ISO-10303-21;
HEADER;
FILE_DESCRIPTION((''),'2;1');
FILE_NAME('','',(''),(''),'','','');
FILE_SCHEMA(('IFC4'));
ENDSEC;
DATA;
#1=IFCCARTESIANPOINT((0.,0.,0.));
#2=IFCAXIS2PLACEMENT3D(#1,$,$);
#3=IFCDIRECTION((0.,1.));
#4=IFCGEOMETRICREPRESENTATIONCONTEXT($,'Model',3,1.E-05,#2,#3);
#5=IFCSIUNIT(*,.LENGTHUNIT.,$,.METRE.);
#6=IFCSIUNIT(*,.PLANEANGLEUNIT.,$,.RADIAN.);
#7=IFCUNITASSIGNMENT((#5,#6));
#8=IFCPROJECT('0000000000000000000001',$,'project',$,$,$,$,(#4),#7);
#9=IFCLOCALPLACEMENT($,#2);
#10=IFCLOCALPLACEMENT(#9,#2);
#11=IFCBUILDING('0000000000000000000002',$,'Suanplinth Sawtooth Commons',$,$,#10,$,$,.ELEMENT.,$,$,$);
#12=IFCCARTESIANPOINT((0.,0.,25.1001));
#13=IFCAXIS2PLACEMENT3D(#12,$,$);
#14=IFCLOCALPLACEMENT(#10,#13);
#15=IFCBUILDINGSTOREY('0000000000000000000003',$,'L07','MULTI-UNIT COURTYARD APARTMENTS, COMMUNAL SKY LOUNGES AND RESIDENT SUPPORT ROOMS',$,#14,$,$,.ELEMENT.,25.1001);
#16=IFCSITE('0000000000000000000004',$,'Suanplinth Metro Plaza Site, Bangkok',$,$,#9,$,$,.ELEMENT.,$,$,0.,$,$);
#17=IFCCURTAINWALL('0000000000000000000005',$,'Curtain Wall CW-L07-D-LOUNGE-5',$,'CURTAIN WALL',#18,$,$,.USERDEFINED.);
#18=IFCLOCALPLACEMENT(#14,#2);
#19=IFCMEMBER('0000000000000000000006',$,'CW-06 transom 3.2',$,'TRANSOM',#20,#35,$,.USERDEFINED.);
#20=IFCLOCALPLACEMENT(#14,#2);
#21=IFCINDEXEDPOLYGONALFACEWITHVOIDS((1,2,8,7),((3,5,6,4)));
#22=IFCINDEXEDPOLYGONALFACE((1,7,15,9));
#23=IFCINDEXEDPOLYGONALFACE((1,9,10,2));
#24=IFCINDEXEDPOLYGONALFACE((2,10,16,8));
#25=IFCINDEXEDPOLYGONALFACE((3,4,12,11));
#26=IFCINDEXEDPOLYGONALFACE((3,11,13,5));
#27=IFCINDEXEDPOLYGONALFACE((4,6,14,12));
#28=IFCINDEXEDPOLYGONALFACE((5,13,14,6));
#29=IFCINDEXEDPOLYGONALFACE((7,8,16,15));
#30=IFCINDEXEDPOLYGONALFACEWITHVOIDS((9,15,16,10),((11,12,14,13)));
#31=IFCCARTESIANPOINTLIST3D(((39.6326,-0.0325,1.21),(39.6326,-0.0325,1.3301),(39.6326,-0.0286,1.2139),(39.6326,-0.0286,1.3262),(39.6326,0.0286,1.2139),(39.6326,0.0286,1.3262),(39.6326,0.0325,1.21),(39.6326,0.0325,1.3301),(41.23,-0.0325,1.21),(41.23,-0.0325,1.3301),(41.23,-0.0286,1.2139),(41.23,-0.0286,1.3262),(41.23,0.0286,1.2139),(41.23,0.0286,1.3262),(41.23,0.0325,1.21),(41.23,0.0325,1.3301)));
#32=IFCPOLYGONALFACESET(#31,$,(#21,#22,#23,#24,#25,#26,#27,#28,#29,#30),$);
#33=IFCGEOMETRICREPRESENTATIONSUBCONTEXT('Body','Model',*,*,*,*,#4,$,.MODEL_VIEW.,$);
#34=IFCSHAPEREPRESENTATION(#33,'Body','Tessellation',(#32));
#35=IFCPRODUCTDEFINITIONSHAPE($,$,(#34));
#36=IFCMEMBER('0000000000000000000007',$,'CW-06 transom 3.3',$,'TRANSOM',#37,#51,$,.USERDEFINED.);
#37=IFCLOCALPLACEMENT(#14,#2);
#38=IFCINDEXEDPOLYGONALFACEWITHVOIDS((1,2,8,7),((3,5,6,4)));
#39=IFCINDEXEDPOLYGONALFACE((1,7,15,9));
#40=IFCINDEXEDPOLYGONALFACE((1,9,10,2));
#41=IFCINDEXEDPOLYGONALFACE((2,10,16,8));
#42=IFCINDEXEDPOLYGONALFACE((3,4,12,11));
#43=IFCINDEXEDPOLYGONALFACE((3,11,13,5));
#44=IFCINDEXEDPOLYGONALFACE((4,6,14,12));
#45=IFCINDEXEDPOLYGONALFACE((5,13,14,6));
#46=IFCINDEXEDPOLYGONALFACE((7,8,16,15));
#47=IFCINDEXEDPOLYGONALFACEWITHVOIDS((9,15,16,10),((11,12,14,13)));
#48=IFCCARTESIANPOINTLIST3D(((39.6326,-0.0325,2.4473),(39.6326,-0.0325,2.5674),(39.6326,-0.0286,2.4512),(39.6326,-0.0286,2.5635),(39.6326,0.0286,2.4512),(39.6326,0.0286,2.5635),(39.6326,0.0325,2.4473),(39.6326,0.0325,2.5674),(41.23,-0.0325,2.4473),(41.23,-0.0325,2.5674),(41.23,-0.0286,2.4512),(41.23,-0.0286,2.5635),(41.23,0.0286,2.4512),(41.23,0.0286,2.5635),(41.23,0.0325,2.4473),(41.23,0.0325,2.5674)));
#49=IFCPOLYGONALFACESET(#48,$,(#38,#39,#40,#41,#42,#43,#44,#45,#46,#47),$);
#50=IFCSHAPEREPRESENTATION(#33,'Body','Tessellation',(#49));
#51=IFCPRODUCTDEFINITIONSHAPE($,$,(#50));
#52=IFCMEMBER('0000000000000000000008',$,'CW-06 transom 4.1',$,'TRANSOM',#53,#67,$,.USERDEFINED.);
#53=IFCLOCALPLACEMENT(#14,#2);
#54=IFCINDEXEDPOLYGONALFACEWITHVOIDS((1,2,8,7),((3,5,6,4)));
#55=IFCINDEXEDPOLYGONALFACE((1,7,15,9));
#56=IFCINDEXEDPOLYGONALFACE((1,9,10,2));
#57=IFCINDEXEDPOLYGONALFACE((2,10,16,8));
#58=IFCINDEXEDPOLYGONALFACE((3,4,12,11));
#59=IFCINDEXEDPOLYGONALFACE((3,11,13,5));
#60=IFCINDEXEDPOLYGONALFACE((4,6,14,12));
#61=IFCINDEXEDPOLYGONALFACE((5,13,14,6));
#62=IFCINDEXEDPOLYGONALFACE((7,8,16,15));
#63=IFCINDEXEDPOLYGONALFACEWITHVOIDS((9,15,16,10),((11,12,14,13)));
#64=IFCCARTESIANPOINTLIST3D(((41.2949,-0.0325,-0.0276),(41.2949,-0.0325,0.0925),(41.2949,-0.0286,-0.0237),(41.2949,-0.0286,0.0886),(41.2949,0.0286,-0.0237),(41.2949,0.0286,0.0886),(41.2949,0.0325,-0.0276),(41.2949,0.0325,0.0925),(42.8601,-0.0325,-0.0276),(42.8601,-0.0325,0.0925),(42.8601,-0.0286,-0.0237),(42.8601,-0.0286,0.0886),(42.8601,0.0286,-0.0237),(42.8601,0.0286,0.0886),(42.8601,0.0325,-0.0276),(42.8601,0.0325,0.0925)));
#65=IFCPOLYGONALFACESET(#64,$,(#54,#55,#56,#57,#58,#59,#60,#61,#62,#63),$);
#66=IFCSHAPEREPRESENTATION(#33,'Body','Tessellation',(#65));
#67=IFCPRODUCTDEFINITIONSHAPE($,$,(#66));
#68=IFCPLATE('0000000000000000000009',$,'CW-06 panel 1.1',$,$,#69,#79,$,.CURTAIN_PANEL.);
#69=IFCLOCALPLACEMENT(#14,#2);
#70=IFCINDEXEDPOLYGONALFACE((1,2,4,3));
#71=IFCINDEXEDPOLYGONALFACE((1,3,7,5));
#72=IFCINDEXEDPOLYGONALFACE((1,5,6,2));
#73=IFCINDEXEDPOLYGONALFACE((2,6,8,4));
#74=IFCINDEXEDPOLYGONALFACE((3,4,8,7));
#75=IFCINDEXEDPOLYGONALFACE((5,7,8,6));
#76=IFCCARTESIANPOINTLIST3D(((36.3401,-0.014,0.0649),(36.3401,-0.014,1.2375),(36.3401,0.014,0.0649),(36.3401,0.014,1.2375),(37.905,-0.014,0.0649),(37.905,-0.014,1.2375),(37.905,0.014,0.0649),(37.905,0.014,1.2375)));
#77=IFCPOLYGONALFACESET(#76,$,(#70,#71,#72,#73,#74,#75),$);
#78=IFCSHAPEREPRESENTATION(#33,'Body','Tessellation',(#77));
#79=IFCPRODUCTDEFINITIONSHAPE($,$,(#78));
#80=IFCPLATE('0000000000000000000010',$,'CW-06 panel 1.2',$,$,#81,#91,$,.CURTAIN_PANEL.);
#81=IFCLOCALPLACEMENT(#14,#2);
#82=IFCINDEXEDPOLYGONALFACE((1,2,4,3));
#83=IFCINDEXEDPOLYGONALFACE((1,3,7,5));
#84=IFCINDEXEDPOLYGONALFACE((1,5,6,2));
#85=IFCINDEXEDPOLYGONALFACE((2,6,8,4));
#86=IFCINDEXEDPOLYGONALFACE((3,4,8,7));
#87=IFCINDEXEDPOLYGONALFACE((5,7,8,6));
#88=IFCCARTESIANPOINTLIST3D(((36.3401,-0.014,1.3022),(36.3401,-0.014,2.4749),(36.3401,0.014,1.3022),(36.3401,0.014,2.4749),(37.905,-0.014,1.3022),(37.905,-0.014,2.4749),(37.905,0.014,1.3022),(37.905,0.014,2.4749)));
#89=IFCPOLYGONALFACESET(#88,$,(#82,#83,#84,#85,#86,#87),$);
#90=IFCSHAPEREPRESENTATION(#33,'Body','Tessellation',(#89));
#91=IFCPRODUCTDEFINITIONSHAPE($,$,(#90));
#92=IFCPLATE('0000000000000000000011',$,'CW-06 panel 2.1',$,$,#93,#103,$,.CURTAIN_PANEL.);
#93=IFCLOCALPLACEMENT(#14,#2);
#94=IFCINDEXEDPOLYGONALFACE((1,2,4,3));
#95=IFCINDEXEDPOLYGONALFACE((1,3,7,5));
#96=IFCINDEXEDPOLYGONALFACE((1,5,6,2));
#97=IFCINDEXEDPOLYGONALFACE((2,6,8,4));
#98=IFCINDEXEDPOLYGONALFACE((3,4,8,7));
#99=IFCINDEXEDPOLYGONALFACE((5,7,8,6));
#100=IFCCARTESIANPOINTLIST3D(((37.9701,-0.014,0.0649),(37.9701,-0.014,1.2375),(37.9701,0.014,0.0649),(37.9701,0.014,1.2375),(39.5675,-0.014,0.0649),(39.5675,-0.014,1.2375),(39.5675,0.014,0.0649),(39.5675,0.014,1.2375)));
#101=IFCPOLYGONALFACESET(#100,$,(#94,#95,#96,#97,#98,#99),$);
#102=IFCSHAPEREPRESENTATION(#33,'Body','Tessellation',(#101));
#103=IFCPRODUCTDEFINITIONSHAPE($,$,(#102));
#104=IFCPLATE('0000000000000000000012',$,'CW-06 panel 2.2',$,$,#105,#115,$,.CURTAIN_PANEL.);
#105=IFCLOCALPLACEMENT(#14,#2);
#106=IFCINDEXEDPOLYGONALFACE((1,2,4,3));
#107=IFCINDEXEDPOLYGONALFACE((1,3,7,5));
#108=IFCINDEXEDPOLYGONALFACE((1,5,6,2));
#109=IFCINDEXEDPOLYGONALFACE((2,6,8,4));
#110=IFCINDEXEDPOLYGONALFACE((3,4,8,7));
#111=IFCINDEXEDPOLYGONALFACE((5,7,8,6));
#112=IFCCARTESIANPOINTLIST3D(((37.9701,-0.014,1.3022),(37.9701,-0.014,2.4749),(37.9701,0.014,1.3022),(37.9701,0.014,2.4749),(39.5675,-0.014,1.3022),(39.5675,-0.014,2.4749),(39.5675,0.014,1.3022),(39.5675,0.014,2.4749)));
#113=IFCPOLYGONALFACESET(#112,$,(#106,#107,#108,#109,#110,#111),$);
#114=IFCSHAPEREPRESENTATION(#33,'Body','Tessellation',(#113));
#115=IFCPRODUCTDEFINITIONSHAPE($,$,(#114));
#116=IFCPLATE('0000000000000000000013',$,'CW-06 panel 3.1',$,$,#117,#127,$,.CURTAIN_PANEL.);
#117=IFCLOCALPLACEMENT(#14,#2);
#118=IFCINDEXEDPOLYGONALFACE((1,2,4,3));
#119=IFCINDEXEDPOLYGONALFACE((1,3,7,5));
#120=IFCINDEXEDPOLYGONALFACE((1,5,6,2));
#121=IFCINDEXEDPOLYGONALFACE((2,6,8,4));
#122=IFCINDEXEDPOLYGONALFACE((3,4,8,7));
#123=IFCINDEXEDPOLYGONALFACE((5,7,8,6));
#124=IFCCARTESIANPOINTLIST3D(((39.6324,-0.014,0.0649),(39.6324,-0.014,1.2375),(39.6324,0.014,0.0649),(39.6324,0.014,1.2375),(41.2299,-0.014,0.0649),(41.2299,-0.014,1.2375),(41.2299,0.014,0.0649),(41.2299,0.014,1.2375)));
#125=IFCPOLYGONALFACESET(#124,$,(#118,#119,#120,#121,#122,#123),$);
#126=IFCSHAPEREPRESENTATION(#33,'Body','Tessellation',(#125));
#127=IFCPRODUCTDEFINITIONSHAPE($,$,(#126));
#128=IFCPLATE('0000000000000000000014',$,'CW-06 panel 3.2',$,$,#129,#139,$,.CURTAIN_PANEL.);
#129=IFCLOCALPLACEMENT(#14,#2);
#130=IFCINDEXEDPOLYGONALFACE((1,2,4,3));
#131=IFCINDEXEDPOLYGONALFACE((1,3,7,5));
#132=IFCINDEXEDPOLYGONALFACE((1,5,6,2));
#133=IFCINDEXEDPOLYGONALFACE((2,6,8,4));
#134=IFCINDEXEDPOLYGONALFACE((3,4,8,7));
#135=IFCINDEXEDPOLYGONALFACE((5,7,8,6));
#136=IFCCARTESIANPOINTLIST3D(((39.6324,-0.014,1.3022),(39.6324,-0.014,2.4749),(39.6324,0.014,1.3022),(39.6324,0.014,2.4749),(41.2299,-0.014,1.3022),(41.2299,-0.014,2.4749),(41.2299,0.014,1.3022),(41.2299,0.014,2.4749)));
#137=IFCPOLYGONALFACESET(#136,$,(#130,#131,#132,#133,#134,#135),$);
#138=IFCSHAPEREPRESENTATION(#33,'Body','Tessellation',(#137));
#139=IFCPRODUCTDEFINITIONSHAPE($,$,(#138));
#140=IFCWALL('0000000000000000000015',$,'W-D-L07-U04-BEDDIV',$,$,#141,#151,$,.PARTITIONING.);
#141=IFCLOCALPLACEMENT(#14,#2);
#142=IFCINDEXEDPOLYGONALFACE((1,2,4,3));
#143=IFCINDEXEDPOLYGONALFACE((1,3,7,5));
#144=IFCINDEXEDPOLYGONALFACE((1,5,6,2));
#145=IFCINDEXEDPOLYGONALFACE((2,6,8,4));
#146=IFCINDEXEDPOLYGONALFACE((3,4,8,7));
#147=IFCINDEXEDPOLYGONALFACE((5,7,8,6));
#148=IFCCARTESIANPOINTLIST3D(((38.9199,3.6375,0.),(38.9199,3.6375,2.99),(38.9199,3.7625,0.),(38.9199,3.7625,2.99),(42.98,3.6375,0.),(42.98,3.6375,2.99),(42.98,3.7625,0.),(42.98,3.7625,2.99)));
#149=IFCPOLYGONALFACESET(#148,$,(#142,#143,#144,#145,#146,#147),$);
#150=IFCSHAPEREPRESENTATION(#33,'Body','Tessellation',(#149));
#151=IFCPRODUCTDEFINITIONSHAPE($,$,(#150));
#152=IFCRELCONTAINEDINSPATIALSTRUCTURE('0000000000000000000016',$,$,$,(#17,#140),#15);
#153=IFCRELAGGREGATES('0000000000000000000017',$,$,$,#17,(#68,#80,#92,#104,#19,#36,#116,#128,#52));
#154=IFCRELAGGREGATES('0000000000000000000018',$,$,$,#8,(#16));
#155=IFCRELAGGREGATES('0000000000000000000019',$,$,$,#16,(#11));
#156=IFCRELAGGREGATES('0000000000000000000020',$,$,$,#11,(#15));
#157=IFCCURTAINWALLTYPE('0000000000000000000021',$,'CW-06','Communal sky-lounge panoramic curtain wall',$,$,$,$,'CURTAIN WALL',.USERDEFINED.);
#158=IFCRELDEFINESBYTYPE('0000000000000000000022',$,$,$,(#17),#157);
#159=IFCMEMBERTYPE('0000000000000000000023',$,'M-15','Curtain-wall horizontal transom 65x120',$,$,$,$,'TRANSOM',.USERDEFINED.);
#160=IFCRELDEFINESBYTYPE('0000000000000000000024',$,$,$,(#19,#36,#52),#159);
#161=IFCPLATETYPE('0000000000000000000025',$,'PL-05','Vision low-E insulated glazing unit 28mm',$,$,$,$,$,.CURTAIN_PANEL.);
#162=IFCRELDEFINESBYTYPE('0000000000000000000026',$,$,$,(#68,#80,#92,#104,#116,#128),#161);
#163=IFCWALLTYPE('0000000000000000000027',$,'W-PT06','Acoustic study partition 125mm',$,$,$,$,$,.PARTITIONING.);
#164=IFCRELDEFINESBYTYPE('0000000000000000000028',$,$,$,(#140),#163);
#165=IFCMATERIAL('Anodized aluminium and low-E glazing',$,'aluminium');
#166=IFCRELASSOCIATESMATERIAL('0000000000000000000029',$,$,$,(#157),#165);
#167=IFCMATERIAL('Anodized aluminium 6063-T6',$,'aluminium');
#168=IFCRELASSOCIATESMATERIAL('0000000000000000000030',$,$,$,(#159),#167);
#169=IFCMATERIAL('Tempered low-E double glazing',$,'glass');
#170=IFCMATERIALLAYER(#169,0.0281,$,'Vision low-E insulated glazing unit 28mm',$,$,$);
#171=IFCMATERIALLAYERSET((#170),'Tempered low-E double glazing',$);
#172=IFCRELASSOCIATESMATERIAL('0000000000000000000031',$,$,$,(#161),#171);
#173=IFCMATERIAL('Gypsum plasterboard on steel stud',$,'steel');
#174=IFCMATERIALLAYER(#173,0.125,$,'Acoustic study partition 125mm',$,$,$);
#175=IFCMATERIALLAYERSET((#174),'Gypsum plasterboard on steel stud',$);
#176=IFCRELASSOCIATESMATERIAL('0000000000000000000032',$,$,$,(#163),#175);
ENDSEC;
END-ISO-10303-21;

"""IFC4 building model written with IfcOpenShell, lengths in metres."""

from ifc_helpers import new_model, si_unit, direction, frame, frame_2d, origin, origin_2d, place, context, subcontext, project, spatial, rectangle, hollow_rectangle, extrude, material, layer, layer_set, material_profile, profile_set, type_object, element, aggregate, save


model = new_model("IFC4")

# Units and contexts
model_context = context("Model", 3, precision=1e-05, world=origin(), true_north=direction((0.0, 1.0)))
body_context = subcontext(model_context, "Body", "Model", "MODEL_VIEW")
ifc_project = project(units=[si_unit("LENGTHUNIT", "METRE"), si_unit("PLANEANGLEUNIT", "RADIAN")], contexts=[model_context])

# Site, building, storey
site_placement = place(None, origin())
site = spatial("IfcSite", under=ifc_project, at=site_placement, Name="Suanplinth Metro Plaza Site, Bangkok", CompositionType="ELEMENT", RefElevation=0.0)
building_placement = place(site_placement, origin())
building = spatial("IfcBuilding", under=site, at=building_placement, Name="Suanplinth Sawtooth Commons", CompositionType="ELEMENT")
storey_placement = place(building_placement, frame((0.0, 0.0, 25.1001)))
storey = spatial("IfcBuildingStorey", under=building, at=storey_placement, Name="L07", Description="MULTI-UNIT COURTYARD APARTMENTS, COMMUNAL SKY LOUNGES AND RESIDENT SUPPORT ROOMS", CompositionType="ELEMENT", Elevation=25.1001)

# Curtain wall, members, plates
ifc_material_1 = material(Name="Anodized aluminium and low-E glazing", Category="aluminium")
curtain_wall_type = type_object("IfcCurtainWallType", Name="CW-06", Description="Communal sky-lounge panoramic curtain wall", ElementType="CURTAIN WALL", PredefinedType="USERDEFINED", material=ifc_material_1)
curtain_wall_placement = place(storey_placement, origin())
curtain_wall = element("IfcCurtainWall", 1, at=curtain_wall_placement, inside=storey, type_object=curtain_wall_type, Name="Curtain Wall CW-L07-D-LOUNGE-5", ObjectType="CURTAIN WALL", PredefinedType="USERDEFINED")
ifc_material_2 = material(Name="Anodized aluminium 6063-T6", Category="aluminium")
ifc_material_profile_1 = material_profile(ifc_material_2, hollow_rectangle(XDim=0.0649, YDim=0.1201, WallThickness=0.0039, at=origin_2d()), Name="ALU-TRN 65x120")
ifc_profile_set_1 = profile_set([ifc_material_profile_1], Name="Anodized aluminium 6063-T6")
member_type_1 = type_object("IfcMemberType", Name="M-15", Description="Curtain-wall horizontal transom 65x120", ElementType="TRANSOM", PredefinedType="USERDEFINED", material=ifc_profile_set_1)
member_1_placement = place(storey_placement, frame((39.6326, 0.0, 1.27), z_axis=(1.0, 0.0, 0.0), x_axis=(0.0, 1.0, 0.0)))
member_1 = element("IfcMember", 2, at=member_1_placement, type_object=member_type_1, Name="CW-06 transom 3.2", ObjectType="TRANSOM", PredefinedType="USERDEFINED", context=body_context, shape_type="SweptSolid", body=[
    extrude(hollow_rectangle(XDim=0.0649, YDim=0.1201, WallThickness=0.0039, at=origin_2d()), origin(), (0.0, 0.0, 1.0), 1.5974),
])
member_2_placement = place(storey_placement, frame((39.6326, 0.0, 2.5073), z_axis=(1.0, 0.0, 0.0), x_axis=(0.0, 1.0, 0.0)))
member_2 = element("IfcMember", 3, at=member_2_placement, type_object=member_type_1, Name="CW-06 transom 3.3", ObjectType="TRANSOM", PredefinedType="USERDEFINED", context=body_context, shape_type="SweptSolid", body=[
    extrude(hollow_rectangle(XDim=0.0649, YDim=0.1201, WallThickness=0.0039, at=origin_2d()), origin(), (0.0, 0.0, 1.0), 1.5974),
])
member_3_placement = place(storey_placement, frame((41.2949, 0.0, 0.0325), z_axis=(1.0, 0.0, 0.0), x_axis=(0.0, 1.0, 0.0)))
member_3 = element("IfcMember", 4, at=member_3_placement, type_object=member_type_1, Name="CW-06 transom 4.1", ObjectType="TRANSOM", PredefinedType="USERDEFINED", context=body_context, shape_type="SweptSolid", body=[
    extrude(hollow_rectangle(XDim=0.0649, YDim=0.1201, WallThickness=0.0039, at=origin_2d()), origin(), (0.0, 0.0, 1.0), 1.5652),
])
ifc_material_3 = material(Name="Tempered low-E double glazing", Category="glass")
ifc_layer_1 = layer(ifc_material_3, 0.0281, Name="Vision low-E insulated glazing unit 28mm")
ifc_layer_set_1 = layer_set([ifc_layer_1], Name="Tempered low-E double glazing")
plate_type = type_object("IfcPlateType", Name="PL-05", Description="Vision low-E insulated glazing unit 28mm", PredefinedType="CURTAIN_PANEL", material=ifc_layer_set_1)
plate_1_placement = place(storey_placement, frame((37.1226, 0.0, 0.0649), z_axis=(0.0, 0.0, 1.0), x_axis=(1.0, 0.0, 0.0)))
plate_1 = element("IfcPlate", 5, at=plate_1_placement, type_object=plate_type, Name="CW-06 panel 1.1", PredefinedType="CURTAIN_PANEL", context=body_context, shape_type="SweptSolid", body=[
    extrude(rectangle(XDim=1.5649, YDim=0.0281, at=origin_2d()), origin(), (0.0, 0.0, 1.0), 1.1726),
])
plate_2_placement = place(storey_placement, frame((37.1226, 0.0, 1.3022), z_axis=(0.0, 0.0, 1.0), x_axis=(1.0, 0.0, 0.0)))
plate_2 = element("IfcPlate", 6, at=plate_2_placement, type_object=plate_type, Name="CW-06 panel 1.2", PredefinedType="CURTAIN_PANEL", context=body_context, shape_type="SweptSolid", body=[
    extrude(rectangle(XDim=1.5649, YDim=0.0281, at=origin_2d()), origin(), (0.0, 0.0, 1.0), 1.1726),
])
plate_3_placement = place(storey_placement, frame((38.7688, 0.0, 0.0649), z_axis=(0.0, 0.0, 1.0), x_axis=(1.0, 0.0, 0.0)))
plate_3 = element("IfcPlate", 7, at=plate_3_placement, type_object=plate_type, Name="CW-06 panel 2.1", PredefinedType="CURTAIN_PANEL", context=body_context, shape_type="SweptSolid", body=[
    extrude(rectangle(XDim=1.5974, YDim=0.0281, at=origin_2d()), origin(), (0.0, 0.0, 1.0), 1.1726),
])
plate_4_placement = place(storey_placement, frame((38.7688, 0.0, 1.3022), z_axis=(0.0, 0.0, 1.0), x_axis=(1.0, 0.0, 0.0)))
plate_4 = element("IfcPlate", 8, at=plate_4_placement, type_object=plate_type, Name="CW-06 panel 2.2", PredefinedType="CURTAIN_PANEL", context=body_context, shape_type="SweptSolid", body=[
    extrude(rectangle(XDim=1.5974, YDim=0.0281, at=origin_2d()), origin(), (0.0, 0.0, 1.0), 1.1726),
])
plate_5_placement = place(storey_placement, frame((40.4312, 0.0, 0.0649), z_axis=(0.0, 0.0, 1.0), x_axis=(1.0, 0.0, 0.0)))
plate_5 = element("IfcPlate", 9, at=plate_5_placement, type_object=plate_type, Name="CW-06 panel 3.1", PredefinedType="CURTAIN_PANEL", context=body_context, shape_type="SweptSolid", body=[
    extrude(rectangle(XDim=1.5974, YDim=0.0281, at=origin_2d()), origin(), (0.0, 0.0, 1.0), 1.1726),
])
plate_6_placement = place(storey_placement, frame((40.4312, 0.0, 1.3022), z_axis=(0.0, 0.0, 1.0), x_axis=(1.0, 0.0, 0.0)))
plate_6 = element("IfcPlate", 10, at=plate_6_placement, type_object=plate_type, Name="CW-06 panel 3.2", PredefinedType="CURTAIN_PANEL", context=body_context, shape_type="SweptSolid", body=[
    extrude(rectangle(XDim=1.5974, YDim=0.0281, at=origin_2d()), origin(), (0.0, 0.0, 1.0), 1.1726),
])
aggregate(curtain_wall, [plate_1, plate_2, plate_3, plate_4, member_1, member_2, plate_5, plate_6, member_3])

# Shared definitions
ifc_material_4 = material(Name="Gypsum plasterboard on steel stud", Category="steel")

# Wall
ifc_layer_2 = layer(ifc_material_4, 0.125, Name="Acoustic study partition 125mm")
ifc_layer_set_2 = layer_set([ifc_layer_2], Name="Gypsum plasterboard on steel stud")
wall_type_1 = type_object("IfcWallType", Name="W-PT06", Description="Acoustic study partition 125mm", PredefinedType="PARTITIONING", material=ifc_layer_set_2)
wall_1_placement = place(storey_placement, frame((38.9199, 3.7, 0.0), z_axis=(0.0, 0.0, 1.0), x_axis=(1.0, 0.0, 0.0)))
element("IfcWall", 11, at=wall_1_placement, inside=storey, type_object=wall_type_1, Name="W-D-L07-U04-BEDDIV", PredefinedType="PARTITIONING", context=body_context, shape_type="SweptSolid", body=[
    extrude(rectangle(XDim=4.0601, YDim=0.125, at=frame_2d((2.03, 0.0))), origin(), (0.0, 0.0, 1.0), 2.99),
])

save(model, "model.ifc")
